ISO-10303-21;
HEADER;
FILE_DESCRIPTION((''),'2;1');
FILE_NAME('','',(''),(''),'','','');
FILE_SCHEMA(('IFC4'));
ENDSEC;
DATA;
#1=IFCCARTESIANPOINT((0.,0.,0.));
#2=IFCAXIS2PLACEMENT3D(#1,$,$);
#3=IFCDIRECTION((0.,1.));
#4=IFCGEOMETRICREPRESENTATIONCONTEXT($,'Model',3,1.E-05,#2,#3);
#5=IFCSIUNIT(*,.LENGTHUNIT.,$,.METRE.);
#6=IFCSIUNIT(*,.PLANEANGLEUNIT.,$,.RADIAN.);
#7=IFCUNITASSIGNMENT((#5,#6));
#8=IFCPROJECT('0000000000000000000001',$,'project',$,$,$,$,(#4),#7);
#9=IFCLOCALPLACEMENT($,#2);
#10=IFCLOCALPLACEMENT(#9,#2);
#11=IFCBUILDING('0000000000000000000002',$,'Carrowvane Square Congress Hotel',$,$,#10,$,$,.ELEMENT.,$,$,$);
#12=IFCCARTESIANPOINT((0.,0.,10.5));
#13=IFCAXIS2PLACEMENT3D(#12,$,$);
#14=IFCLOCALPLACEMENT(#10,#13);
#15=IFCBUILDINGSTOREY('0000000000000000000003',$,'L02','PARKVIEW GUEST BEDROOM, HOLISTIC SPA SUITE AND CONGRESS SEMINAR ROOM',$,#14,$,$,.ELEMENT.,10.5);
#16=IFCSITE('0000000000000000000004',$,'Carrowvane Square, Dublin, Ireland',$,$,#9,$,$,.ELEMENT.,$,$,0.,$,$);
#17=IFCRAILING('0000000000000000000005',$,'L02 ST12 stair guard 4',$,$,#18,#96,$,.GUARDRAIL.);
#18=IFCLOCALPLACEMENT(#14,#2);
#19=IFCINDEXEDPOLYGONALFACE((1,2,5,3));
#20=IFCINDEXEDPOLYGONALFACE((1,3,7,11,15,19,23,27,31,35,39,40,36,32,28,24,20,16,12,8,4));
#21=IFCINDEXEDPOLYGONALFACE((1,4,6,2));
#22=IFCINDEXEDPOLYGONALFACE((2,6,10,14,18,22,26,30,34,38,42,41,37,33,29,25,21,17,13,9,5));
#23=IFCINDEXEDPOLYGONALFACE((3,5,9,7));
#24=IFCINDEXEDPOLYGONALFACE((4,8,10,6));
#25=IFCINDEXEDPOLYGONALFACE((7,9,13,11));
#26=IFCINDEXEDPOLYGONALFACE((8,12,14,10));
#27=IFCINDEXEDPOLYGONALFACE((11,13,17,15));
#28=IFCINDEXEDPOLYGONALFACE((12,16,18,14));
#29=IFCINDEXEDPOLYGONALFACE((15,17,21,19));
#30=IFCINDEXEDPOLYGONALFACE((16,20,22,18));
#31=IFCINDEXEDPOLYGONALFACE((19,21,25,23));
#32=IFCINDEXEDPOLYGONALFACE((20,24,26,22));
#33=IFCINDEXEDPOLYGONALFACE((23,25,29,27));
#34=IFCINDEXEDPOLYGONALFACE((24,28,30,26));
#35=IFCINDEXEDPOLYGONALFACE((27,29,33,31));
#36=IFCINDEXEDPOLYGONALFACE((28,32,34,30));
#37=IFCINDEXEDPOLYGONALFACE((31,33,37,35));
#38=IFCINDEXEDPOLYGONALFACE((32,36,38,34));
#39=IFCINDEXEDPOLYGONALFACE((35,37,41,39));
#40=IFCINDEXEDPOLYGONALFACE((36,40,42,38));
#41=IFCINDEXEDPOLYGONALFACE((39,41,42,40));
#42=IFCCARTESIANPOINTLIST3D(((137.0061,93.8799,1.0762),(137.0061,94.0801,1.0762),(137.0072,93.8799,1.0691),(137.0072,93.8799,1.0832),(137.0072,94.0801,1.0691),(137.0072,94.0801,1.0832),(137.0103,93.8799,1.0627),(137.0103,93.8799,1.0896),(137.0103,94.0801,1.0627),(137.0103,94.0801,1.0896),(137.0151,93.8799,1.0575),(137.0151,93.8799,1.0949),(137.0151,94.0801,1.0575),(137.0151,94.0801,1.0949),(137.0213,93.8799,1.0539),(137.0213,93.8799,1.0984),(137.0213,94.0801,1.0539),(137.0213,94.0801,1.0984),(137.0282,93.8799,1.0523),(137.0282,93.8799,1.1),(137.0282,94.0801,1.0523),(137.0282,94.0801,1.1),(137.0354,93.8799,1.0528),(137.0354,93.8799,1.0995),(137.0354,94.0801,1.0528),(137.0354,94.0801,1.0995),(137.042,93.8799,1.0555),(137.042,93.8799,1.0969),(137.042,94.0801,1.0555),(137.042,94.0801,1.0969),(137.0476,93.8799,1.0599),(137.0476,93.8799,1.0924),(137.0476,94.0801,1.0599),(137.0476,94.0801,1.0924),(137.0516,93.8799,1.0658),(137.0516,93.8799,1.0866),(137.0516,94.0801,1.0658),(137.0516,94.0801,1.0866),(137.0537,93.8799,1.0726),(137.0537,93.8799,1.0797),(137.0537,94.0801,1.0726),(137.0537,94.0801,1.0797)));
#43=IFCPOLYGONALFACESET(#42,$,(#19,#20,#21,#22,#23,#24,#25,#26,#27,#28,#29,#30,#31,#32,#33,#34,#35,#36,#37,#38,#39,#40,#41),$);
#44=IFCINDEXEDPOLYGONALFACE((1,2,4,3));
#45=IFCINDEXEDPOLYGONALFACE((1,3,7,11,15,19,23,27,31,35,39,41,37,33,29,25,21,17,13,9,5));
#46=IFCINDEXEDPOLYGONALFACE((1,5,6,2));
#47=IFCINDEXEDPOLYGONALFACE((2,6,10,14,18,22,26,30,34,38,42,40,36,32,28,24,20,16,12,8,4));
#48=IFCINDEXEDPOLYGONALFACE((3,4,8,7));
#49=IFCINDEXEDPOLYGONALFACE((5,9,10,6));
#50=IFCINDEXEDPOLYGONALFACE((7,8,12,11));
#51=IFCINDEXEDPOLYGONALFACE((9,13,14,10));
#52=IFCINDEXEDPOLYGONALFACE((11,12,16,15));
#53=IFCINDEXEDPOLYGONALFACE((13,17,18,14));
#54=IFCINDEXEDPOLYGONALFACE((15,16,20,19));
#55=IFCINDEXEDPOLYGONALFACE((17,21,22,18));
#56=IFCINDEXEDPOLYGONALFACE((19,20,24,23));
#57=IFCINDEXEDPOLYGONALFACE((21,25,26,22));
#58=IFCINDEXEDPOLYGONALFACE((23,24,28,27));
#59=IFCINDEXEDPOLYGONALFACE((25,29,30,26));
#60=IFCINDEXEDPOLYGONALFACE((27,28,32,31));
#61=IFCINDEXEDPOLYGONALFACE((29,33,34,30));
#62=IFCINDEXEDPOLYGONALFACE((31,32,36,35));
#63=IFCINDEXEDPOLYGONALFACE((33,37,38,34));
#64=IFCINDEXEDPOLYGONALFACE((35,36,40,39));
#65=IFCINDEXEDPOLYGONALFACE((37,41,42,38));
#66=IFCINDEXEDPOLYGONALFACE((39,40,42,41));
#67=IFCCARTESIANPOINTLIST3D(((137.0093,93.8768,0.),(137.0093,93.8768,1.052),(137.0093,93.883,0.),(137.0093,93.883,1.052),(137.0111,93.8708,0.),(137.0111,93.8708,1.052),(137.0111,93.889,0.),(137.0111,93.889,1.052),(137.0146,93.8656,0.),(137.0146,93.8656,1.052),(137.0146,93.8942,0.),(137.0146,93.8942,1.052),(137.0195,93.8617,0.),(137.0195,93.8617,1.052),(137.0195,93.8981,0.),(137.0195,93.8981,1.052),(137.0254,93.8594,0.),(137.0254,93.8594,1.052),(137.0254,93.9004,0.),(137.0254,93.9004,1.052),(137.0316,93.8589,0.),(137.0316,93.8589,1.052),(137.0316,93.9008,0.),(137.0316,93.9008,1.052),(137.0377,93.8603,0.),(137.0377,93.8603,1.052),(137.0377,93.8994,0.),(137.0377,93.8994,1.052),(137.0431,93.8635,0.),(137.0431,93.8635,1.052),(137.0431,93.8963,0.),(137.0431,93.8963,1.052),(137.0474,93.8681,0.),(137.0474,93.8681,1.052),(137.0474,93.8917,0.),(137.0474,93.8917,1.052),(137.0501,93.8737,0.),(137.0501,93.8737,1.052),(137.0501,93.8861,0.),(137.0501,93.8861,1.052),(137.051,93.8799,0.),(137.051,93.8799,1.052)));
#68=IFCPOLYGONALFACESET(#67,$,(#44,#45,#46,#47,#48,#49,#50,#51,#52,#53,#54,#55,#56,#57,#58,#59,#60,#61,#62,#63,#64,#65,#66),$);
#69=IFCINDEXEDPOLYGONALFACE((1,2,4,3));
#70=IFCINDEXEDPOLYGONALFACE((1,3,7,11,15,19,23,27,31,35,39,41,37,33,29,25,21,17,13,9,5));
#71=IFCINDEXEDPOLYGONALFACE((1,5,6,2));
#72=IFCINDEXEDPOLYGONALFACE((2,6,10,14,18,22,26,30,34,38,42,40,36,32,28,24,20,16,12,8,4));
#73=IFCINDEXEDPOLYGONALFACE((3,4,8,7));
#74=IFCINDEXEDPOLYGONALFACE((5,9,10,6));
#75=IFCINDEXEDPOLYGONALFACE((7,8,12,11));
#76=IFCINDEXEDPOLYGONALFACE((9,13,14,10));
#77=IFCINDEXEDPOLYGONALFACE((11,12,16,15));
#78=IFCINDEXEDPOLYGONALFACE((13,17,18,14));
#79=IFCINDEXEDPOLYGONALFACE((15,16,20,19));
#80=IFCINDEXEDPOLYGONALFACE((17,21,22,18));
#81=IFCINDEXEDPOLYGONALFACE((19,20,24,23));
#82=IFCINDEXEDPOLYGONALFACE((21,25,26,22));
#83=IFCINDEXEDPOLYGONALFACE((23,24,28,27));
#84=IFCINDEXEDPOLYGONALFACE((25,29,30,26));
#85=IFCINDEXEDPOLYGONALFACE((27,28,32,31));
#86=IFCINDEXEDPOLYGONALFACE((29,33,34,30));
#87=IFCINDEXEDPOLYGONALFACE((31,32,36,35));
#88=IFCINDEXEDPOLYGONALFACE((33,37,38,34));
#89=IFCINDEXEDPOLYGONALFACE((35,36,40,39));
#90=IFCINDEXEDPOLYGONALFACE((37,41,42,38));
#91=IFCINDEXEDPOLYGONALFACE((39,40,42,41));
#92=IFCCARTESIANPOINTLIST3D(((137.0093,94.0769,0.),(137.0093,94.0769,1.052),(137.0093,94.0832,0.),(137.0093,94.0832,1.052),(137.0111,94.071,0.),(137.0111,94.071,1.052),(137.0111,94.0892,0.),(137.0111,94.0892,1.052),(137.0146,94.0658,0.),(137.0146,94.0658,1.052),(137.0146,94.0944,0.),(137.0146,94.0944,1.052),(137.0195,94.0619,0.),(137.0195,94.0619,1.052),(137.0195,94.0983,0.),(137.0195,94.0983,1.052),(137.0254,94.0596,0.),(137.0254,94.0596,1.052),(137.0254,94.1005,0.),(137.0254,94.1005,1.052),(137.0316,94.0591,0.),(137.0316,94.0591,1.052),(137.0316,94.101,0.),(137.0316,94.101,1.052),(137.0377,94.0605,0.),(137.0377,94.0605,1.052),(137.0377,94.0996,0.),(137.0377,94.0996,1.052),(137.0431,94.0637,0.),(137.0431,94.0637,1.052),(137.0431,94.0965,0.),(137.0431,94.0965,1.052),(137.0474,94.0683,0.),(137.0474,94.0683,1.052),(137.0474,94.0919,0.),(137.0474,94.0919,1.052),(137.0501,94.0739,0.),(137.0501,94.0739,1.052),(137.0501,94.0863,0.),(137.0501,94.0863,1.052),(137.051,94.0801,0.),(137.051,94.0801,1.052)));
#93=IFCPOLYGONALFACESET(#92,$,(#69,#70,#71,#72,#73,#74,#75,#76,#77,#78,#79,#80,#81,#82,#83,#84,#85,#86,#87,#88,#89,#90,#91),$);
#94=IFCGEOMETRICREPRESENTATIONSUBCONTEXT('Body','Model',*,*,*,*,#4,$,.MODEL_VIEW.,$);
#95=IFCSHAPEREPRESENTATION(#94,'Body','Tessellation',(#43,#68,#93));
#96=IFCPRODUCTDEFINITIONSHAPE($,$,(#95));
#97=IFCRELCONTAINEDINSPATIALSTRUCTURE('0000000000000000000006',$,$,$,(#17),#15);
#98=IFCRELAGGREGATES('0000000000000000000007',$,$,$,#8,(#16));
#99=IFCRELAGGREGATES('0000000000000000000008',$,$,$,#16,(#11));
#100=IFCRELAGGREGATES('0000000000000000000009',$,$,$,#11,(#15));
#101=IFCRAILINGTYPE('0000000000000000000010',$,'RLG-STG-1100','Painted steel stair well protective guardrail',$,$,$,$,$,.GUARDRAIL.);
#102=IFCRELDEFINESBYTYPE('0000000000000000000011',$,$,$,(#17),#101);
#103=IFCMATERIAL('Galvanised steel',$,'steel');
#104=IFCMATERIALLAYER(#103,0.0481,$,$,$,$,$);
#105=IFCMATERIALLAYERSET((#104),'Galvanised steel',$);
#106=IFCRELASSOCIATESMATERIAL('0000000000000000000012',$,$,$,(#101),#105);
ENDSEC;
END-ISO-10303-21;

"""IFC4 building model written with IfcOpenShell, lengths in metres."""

from ifc_helpers import new_model, si_unit, direction, frame, origin, origin_2d, place, context, subcontext, project, spatial, circle, extrude, material, layer, layer_set, type_object, element, save


model = new_model("IFC4")

# Units and contexts
model_context = context("Model", 3, precision=1e-05, world=origin(), true_north=direction((0.0, 1.0)))
body_context = subcontext(model_context, "Body", "Model", "MODEL_VIEW")
ifc_project = project(units=[si_unit("LENGTHUNIT", "METRE"), si_unit("PLANEANGLEUNIT", "RADIAN")], contexts=[model_context])

# Site, building, storey
site_placement = place(None, origin())
site = spatial("IfcSite", under=ifc_project, at=site_placement, Name="Carrowvane Square, Dublin, Ireland", CompositionType="ELEMENT", RefElevation=0.0)
building_placement = place(site_placement, origin())
building = spatial("IfcBuilding", under=site, at=building_placement, Name="Carrowvane Square Congress Hotel", CompositionType="ELEMENT")
storey_placement = place(building_placement, frame((0.0, 0.0, 10.5)))
storey = spatial("IfcBuildingStorey", under=building, at=storey_placement, Name="L02", Description="PARKVIEW GUEST BEDROOM, HOLISTIC SPA SUITE AND CONGRESS SEMINAR ROOM", CompositionType="ELEMENT", Elevation=10.5)

# Railing
ifc_material_1 = material(Name="Galvanised steel", Category="steel")
ifc_layer_1 = layer(ifc_material_1, 0.0481)
ifc_layer_set_1 = layer_set([ifc_layer_1], Name="Galvanised steel")
railing_type_1 = type_object("IfcRailingType", Name="RLG-STG-1100", Description="Painted steel stair well protective guardrail", PredefinedType="GUARDRAIL", material=ifc_layer_set_1)
railing_1_placement = place(storey_placement, frame((137.03, 93.8799, 0.0)))
element("IfcRailing", 1, at=railing_1_placement, inside=storey, type_object=railing_type_1, Name="L02 ST12 stair guard 4", PredefinedType="GUARDRAIL", context=body_context, shape_type="SweptSolid", body=[
    extrude(circle(Radius=0.0239, at=origin_2d()), frame((0.0, 0.0, 1.0762), z_axis=(0.0, 1.0, 0.0), x_axis=(-1.0, 0.0, 0.0)), (0.0, 0.0, 1.0), 0.2002),
    extrude(circle(Radius=0.021, at=origin_2d()), origin(), (0.0, 0.0, 1.0), 1.052),
    extrude(circle(Radius=0.021, at=origin_2d()), frame((0.0, 0.2002, 0.0)), (0.0, 0.0, 1.0), 1.052),
])

save(model, "model.ifc")
